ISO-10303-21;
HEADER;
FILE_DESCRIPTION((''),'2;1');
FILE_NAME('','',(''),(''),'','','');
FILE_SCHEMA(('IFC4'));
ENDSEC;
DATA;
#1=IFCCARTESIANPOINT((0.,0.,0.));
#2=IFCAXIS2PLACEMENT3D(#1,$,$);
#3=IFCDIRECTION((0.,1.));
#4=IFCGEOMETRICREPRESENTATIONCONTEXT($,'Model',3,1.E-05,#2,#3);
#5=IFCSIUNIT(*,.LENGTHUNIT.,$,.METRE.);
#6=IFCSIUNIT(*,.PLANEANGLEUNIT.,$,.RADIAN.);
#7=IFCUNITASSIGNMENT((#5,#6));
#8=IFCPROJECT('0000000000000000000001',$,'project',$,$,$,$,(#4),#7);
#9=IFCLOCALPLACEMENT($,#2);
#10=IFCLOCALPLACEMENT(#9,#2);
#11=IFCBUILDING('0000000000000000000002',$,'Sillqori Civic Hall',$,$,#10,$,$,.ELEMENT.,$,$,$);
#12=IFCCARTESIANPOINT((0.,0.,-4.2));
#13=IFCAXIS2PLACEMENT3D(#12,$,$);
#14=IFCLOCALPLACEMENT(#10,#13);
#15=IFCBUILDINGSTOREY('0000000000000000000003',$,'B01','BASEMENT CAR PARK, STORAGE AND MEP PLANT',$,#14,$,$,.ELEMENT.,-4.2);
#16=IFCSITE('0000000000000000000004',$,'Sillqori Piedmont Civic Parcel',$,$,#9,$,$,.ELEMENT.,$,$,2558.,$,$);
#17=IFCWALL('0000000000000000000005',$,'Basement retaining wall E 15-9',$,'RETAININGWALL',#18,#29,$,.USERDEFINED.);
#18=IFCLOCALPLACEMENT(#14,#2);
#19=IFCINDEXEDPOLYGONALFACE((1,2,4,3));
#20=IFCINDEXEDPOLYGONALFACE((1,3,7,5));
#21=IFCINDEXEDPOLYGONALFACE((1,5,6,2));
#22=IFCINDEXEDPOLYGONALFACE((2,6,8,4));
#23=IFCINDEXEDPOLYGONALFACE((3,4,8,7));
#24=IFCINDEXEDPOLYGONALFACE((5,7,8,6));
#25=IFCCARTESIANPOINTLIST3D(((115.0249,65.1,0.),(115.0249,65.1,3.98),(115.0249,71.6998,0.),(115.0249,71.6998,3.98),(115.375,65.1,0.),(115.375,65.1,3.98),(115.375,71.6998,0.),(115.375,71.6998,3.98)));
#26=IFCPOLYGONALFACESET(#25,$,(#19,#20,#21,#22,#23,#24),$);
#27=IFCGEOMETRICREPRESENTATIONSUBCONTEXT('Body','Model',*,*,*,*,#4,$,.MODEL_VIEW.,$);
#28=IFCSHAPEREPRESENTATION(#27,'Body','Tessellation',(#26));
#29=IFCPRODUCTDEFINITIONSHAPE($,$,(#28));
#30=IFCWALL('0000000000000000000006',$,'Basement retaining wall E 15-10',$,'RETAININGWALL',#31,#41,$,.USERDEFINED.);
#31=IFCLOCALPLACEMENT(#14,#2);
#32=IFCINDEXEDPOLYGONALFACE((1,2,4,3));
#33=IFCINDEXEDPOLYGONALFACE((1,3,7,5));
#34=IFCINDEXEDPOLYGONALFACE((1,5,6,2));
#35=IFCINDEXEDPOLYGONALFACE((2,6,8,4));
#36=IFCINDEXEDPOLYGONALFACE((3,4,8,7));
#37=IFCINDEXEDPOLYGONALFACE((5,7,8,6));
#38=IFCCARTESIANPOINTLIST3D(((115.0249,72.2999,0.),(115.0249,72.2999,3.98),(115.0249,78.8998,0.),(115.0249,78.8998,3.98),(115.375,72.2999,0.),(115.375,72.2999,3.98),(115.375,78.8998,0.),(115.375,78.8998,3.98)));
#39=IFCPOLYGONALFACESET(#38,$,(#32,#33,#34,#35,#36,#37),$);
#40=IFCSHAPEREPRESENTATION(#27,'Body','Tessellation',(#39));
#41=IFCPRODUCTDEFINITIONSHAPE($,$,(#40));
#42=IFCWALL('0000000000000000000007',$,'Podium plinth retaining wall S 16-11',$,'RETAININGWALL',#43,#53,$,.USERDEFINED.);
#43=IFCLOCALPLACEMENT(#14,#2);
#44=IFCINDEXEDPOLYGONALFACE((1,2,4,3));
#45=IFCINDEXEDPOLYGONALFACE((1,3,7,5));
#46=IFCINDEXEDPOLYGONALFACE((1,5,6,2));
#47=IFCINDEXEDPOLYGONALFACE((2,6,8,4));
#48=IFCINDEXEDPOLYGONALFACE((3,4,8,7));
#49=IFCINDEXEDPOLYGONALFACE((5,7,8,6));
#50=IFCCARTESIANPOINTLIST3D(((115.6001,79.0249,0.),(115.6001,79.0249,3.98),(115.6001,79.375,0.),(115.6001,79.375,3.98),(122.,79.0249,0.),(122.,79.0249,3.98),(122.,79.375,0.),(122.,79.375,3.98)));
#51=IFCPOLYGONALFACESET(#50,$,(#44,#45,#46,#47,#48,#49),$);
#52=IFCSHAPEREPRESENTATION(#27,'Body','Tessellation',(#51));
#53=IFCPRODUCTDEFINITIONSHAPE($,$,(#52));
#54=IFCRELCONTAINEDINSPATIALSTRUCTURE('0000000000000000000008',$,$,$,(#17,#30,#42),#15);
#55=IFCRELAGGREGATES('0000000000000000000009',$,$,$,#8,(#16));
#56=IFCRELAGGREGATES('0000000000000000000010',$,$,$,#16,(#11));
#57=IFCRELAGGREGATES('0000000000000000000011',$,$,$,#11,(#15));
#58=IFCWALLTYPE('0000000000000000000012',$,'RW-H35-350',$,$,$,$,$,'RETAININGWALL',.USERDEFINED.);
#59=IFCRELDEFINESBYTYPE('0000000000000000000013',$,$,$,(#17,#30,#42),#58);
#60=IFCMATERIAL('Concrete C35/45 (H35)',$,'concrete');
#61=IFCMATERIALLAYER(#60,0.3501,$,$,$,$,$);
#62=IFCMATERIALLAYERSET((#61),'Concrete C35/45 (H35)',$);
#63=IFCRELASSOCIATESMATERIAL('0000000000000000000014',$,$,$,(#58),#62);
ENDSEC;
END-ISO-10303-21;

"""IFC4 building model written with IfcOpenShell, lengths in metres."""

from ifc_helpers import new_model, si_unit, direction, frame, frame_2d, origin, place, context, subcontext, project, spatial, rectangle, extrude, material, layer, layer_set, type_object, element, save


model = new_model("IFC4")

# Units and contexts
model_context = context("Model", 3, precision=1e-05, world=origin(), true_north=direction((0.0, 1.0)))
body_context = subcontext(model_context, "Body", "Model", "MODEL_VIEW")
ifc_project = project(units=[si_unit("LENGTHUNIT", "METRE"), si_unit("PLANEANGLEUNIT", "RADIAN")], contexts=[model_context])

# Site, building, storey
site_placement = place(None, origin())
site = spatial("IfcSite", under=ifc_project, at=site_placement, Name="Sillqori Piedmont Civic Parcel", CompositionType="ELEMENT", RefElevation=2558.0)
building_placement = place(site_placement, origin())
building = spatial("IfcBuilding", under=site, at=building_placement, Name="Sillqori Civic Hall", CompositionType="ELEMENT")
storey_placement = place(building_placement, frame((0.0, 0.0, -4.2)))
storey = spatial("IfcBuildingStorey", under=building, at=storey_placement, Name="B01", Description="BASEMENT CAR PARK, STORAGE AND MEP PLANT", CompositionType="ELEMENT", Elevation=-4.2)

# Shared definitions
ifc_material_1 = material(Name="Concrete C35/45 (H35)", Category="concrete")

# Walls
ifc_layer = layer(ifc_material_1, 0.3501)
ifc_layer_set = layer_set([ifc_layer], Name="Concrete C35/45 (H35)")
wall_type = type_object("IfcWallType", Name="RW-H35-350", ElementType="RETAININGWALL", PredefinedType="USERDEFINED", material=ifc_layer_set)
for number, where, z_axis, x_axis, name in (
    (1, (115.2, 65.1001, 0.0), (0.0, 0.0, 1.0), (0.0, 1.0, 0.0), "Basement retaining wall E 15-9"),
    (2, (115.2, 72.3, 0.0), (0.0, 0.0, 1.0), (0.0, 1.0, 0.0), "Basement retaining wall E 15-10"),
):
    element("IfcWall", number, at=place(storey_placement, frame(where, z_axis=z_axis, x_axis=x_axis)), inside=storey, type_object=wall_type, Name=name, ObjectType="RETAININGWALL", PredefinedType="USERDEFINED", context=body_context, shape_type="SweptSolid", body=[
        extrude(rectangle(XDim=6.5999, YDim=0.3501, at=frame_2d((3.2998, 0.0))), origin(), (0.0, 0.0, 1.0), 3.98),
    ])
wall_placement = place(storey_placement, frame((115.6001, 79.2, 0.0), z_axis=(0.0, 0.0, 1.0), x_axis=(1.0, 0.0, 0.0)))
element("IfcWall", 3, at=wall_placement, inside=storey, type_object=wall_type, Name="Podium plinth retaining wall S 16-11", ObjectType="RETAININGWALL", PredefinedType="USERDEFINED", context=body_context, shape_type="SweptSolid", body=[
    extrude(rectangle(XDim=6.3999, YDim=0.3501, at=frame_2d((3.2, 0.0))), origin(), (0.0, 0.0, 1.0), 3.98),
])

save(model, "model.ifc")
